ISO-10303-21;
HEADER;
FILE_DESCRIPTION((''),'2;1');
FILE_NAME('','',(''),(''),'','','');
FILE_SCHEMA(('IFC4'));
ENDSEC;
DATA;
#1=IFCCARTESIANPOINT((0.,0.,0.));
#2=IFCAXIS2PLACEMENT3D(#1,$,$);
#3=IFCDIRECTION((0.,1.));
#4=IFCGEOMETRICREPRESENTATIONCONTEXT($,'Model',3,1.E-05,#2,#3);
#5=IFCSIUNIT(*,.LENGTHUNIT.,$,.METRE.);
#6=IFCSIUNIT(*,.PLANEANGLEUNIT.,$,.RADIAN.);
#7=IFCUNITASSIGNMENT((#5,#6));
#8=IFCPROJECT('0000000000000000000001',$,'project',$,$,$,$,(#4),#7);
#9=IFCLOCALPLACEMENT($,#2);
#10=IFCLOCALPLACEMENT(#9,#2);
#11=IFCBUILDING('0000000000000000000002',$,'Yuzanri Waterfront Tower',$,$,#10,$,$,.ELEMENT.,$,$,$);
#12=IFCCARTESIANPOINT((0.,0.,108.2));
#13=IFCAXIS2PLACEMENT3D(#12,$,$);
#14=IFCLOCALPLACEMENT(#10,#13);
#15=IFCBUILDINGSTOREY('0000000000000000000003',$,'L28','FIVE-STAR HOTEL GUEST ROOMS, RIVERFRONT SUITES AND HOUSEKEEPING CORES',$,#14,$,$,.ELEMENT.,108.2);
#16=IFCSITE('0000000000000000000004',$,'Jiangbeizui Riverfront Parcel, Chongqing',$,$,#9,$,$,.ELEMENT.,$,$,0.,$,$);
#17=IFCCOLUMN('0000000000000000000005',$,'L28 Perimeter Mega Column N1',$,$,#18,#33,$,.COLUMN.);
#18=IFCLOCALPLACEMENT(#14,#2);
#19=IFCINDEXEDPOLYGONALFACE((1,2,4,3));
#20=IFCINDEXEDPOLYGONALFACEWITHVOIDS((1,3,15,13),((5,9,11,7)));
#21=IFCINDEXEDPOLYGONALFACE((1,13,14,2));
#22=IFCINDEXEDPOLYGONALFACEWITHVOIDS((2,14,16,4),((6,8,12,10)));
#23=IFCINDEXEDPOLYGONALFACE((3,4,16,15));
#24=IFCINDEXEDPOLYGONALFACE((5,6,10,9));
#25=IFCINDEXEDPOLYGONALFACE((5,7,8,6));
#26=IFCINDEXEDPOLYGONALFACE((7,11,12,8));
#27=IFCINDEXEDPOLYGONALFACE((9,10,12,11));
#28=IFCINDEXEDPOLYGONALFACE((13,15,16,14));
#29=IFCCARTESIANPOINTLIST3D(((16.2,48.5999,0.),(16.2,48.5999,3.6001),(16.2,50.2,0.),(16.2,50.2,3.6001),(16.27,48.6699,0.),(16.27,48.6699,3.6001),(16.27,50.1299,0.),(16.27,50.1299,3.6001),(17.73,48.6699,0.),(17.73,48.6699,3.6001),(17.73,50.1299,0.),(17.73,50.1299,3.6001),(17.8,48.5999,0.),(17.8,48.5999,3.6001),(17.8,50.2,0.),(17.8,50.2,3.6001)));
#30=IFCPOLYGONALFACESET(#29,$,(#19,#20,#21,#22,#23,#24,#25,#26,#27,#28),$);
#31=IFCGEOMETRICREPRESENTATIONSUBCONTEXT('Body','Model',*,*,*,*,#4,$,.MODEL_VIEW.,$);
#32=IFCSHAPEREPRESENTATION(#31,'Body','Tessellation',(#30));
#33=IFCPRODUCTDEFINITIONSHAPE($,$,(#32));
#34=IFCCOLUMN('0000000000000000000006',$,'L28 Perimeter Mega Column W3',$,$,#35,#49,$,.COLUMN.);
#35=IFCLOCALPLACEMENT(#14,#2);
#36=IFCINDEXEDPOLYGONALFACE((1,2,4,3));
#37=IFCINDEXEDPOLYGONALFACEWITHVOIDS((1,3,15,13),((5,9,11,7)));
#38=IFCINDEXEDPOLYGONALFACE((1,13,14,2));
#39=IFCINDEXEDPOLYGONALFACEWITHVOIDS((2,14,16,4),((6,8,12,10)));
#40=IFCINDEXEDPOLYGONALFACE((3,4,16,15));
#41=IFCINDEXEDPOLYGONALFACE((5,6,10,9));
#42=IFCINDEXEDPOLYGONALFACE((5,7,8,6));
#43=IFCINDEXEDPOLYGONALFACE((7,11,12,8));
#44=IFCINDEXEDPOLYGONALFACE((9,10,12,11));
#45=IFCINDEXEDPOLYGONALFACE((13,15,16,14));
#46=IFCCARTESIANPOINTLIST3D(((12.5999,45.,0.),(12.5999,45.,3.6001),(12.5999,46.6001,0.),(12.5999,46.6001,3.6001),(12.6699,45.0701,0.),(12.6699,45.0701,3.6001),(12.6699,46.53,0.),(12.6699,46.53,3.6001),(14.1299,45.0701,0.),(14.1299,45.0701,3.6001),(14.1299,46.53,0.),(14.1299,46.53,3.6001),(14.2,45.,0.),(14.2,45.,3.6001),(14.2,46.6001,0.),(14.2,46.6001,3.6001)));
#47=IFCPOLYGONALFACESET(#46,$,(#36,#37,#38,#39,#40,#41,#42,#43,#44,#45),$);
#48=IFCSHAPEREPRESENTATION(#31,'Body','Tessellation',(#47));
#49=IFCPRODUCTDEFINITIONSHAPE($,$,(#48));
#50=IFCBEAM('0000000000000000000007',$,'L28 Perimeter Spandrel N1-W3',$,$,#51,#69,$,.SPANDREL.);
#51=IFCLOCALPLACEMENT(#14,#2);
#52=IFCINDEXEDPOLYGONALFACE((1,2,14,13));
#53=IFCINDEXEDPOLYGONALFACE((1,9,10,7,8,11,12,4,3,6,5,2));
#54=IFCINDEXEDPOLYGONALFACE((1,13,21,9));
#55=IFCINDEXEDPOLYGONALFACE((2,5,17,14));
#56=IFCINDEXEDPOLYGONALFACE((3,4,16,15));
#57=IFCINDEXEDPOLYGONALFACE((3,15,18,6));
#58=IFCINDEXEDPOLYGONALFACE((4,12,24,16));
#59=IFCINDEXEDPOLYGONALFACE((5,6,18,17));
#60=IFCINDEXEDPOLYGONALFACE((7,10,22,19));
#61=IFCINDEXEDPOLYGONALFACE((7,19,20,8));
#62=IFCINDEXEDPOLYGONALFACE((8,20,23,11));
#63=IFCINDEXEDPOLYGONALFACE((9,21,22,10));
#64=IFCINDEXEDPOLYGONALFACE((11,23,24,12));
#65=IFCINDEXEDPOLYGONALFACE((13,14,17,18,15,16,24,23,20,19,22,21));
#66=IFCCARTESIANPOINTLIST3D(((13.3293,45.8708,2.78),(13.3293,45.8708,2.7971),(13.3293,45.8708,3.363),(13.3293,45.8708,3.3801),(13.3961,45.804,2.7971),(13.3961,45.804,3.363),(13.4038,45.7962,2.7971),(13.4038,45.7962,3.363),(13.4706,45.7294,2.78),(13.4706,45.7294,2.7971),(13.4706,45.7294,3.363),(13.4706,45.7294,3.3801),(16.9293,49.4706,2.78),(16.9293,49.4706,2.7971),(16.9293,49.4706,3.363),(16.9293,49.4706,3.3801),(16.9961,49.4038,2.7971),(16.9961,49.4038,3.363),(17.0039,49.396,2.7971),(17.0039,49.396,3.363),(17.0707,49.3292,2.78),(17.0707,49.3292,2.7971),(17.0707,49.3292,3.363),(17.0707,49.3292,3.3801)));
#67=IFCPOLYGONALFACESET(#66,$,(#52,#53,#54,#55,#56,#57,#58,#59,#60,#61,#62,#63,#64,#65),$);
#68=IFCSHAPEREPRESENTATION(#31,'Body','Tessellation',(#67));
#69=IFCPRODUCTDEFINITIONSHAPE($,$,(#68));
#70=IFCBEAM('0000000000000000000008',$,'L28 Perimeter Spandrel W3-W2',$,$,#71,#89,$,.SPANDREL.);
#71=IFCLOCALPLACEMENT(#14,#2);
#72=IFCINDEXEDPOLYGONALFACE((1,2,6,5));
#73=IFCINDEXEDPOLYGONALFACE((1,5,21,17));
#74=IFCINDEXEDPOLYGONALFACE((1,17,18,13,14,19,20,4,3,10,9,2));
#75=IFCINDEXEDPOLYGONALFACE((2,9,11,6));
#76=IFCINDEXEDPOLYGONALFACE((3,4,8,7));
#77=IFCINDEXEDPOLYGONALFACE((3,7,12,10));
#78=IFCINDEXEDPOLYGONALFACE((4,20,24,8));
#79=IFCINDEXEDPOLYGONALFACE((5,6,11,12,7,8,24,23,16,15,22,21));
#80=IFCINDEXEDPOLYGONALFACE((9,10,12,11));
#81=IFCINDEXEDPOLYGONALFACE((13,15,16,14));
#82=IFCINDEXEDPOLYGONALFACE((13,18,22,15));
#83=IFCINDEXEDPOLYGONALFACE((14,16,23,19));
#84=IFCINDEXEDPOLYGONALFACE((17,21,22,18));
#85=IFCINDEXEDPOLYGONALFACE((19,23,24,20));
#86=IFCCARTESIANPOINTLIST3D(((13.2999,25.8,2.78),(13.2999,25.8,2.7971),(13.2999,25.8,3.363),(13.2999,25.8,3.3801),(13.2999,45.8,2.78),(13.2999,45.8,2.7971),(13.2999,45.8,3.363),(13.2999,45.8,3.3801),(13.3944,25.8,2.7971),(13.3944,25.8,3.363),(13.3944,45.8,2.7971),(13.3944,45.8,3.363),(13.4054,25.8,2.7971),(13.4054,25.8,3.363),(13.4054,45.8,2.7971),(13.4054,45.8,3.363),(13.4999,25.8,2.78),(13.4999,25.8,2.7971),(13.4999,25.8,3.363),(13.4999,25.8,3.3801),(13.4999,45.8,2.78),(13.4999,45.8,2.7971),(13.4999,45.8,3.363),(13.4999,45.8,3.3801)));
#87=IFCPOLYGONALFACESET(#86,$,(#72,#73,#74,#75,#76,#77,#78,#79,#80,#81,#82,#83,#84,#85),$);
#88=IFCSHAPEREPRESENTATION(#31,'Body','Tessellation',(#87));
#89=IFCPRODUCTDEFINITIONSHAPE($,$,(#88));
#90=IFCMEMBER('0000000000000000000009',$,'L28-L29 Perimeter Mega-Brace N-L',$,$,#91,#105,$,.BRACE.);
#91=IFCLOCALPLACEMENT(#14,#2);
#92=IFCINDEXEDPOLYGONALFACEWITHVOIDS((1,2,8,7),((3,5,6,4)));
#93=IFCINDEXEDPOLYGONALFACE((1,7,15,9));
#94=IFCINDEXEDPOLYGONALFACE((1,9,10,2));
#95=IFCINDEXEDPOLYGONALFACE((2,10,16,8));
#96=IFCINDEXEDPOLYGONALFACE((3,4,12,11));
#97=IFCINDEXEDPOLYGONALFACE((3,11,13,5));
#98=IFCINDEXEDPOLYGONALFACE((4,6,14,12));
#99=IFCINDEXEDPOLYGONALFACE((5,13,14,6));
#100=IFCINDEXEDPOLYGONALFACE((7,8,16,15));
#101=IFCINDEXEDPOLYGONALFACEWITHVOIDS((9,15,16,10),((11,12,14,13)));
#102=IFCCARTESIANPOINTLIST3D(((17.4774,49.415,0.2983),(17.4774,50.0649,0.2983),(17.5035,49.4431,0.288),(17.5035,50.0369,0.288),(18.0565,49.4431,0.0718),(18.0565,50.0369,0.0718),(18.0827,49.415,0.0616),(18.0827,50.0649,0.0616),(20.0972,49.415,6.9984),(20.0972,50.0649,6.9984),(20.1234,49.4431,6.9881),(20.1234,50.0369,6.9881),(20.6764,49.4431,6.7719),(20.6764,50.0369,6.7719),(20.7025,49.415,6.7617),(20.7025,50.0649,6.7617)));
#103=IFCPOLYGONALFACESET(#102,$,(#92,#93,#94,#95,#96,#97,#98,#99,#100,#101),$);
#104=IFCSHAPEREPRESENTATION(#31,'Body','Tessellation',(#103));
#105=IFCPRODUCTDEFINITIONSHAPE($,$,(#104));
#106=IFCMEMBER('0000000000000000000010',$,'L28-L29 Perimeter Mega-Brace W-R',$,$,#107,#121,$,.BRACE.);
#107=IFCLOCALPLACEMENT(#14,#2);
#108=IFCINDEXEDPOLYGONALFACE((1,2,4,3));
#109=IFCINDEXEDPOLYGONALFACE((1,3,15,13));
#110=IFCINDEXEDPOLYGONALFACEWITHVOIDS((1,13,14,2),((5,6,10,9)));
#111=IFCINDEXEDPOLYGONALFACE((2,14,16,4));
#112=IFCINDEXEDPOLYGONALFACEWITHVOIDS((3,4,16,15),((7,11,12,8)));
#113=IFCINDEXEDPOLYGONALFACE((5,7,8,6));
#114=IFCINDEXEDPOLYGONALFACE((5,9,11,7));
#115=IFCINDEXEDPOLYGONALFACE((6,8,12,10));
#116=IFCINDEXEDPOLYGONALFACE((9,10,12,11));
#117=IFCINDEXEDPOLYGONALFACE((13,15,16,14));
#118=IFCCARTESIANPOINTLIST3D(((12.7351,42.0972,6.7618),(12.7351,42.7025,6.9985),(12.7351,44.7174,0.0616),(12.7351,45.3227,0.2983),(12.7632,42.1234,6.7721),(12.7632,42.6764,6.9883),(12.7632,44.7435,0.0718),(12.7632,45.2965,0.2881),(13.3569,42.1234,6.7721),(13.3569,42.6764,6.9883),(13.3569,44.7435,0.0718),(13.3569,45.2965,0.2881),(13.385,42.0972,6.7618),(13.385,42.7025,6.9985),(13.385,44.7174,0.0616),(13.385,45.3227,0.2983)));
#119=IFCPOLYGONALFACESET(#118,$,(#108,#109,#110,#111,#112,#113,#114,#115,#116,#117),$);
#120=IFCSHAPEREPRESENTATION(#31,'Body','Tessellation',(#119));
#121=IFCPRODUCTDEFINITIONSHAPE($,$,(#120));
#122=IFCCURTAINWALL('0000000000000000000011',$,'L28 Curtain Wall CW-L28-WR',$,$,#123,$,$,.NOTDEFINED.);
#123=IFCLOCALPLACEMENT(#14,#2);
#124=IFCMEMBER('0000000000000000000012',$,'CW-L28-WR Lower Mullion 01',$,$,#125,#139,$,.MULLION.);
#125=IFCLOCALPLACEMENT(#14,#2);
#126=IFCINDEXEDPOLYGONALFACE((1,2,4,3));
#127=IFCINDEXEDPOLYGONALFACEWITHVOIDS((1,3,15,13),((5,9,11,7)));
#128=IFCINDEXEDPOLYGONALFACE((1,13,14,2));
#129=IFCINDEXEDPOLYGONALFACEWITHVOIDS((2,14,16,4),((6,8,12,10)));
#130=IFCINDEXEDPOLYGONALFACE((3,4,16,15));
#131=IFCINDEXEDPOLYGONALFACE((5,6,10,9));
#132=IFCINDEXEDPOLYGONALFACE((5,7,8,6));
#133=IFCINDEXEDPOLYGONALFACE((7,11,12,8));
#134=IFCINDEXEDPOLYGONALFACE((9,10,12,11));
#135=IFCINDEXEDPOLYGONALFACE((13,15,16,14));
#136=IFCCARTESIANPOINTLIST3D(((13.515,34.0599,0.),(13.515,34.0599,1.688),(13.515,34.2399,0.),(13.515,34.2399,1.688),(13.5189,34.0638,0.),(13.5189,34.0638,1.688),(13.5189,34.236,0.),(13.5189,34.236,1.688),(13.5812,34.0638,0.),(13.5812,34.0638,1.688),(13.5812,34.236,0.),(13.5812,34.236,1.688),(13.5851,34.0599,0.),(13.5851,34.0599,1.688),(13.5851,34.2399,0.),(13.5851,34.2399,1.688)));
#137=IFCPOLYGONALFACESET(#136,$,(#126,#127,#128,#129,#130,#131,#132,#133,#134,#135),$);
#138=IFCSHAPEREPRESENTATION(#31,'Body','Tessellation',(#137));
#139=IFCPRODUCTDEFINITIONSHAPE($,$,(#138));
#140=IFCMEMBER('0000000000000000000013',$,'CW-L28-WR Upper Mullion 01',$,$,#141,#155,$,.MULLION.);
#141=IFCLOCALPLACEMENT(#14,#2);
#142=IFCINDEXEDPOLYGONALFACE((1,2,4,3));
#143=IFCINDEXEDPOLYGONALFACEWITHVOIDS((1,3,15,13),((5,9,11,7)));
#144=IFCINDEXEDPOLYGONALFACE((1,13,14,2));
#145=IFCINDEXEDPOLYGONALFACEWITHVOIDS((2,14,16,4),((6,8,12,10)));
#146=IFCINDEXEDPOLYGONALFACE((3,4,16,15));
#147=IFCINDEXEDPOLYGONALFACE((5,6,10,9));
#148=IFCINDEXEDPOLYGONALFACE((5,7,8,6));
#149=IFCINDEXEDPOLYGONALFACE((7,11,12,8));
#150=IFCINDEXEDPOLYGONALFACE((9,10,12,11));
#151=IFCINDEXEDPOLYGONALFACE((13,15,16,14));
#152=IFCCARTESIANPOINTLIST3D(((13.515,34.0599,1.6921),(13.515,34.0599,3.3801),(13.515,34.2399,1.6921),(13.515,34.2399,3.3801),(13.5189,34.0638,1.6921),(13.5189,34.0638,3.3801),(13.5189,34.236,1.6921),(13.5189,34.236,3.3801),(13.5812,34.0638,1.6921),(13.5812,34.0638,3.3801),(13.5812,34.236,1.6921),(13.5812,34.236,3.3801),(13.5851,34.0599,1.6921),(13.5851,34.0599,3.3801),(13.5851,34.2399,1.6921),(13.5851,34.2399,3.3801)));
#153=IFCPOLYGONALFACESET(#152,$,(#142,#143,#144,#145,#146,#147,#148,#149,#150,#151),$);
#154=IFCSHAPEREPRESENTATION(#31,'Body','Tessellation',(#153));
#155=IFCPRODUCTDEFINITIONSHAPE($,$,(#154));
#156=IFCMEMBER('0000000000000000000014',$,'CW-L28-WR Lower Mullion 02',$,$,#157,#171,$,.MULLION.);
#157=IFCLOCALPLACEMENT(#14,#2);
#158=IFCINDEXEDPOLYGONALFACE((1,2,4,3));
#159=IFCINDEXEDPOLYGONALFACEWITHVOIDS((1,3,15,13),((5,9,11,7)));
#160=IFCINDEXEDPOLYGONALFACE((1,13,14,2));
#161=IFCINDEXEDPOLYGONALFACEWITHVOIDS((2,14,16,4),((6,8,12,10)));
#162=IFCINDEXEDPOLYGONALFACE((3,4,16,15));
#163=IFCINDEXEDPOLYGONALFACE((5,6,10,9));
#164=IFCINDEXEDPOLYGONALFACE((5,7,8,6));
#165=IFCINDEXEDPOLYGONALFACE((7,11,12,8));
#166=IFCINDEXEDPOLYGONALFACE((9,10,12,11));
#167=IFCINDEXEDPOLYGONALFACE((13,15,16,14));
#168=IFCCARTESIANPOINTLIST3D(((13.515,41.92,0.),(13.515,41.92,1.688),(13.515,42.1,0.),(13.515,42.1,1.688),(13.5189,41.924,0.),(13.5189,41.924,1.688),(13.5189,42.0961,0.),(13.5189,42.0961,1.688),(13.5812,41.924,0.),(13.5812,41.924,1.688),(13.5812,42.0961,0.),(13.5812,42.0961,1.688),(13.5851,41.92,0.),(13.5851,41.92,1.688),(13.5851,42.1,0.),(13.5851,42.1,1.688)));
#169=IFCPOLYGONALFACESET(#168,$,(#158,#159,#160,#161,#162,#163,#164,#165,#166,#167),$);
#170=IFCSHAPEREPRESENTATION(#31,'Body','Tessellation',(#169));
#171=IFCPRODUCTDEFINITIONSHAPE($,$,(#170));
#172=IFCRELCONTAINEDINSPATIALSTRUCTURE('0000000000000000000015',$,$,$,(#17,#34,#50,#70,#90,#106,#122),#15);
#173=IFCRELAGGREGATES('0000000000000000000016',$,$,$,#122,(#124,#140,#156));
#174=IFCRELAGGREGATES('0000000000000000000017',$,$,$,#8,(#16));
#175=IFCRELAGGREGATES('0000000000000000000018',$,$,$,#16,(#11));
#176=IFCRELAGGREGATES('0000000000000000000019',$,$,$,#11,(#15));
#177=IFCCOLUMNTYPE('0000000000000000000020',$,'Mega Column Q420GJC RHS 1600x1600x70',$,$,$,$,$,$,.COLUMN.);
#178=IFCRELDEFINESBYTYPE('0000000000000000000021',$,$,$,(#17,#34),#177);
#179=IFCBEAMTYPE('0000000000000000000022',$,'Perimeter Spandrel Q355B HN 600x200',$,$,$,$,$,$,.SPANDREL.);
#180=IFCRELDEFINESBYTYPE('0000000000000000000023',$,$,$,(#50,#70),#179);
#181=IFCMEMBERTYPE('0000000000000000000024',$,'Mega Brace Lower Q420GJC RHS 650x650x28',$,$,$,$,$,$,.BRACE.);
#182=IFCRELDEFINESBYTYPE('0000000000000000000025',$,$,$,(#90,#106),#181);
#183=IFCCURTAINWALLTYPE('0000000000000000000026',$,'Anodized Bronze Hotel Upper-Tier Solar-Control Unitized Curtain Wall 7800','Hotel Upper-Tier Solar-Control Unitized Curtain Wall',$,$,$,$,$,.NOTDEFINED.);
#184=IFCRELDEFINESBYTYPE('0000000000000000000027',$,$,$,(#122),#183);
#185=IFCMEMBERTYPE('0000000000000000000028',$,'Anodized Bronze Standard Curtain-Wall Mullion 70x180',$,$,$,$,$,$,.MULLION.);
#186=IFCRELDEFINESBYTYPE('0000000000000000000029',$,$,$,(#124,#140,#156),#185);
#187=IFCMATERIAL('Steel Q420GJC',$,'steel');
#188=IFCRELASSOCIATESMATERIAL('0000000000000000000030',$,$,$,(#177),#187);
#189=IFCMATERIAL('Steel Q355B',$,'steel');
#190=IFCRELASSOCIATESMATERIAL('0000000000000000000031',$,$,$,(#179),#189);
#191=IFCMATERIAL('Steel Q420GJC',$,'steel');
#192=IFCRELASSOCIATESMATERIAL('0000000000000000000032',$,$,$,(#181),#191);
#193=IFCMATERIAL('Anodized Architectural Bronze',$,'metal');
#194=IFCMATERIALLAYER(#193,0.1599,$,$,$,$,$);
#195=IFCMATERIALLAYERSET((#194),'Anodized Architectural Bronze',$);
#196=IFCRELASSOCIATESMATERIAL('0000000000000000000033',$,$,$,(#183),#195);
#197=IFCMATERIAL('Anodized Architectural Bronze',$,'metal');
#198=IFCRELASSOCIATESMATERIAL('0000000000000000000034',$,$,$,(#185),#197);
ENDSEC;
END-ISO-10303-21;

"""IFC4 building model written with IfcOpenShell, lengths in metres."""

from ifc_helpers import new_model, si_unit, direction, frame, origin, origin_2d, place, context, subcontext, project, spatial, hollow_rectangle, i_section, extrude, source, transform, mapped, material, layer, layer_set, material_profile, profile_set, type_object, element, aggregate, save


model = new_model("IFC4")

# Units and contexts
model_context = context("Model", 3, precision=1e-05, world=origin(), true_north=direction((0.0, 1.0)))
body_context = subcontext(model_context, "Body", "Model", "MODEL_VIEW")
ifc_project = project(units=[si_unit("LENGTHUNIT", "METRE"), si_unit("PLANEANGLEUNIT", "RADIAN")], contexts=[model_context])

# Site, building, storey
site_placement = place(None, origin())
site = spatial("IfcSite", under=ifc_project, at=site_placement, Name="Jiangbeizui Riverfront Parcel, Chongqing", CompositionType="ELEMENT", RefElevation=0.0)
building_placement = place(site_placement, origin())
building = spatial("IfcBuilding", under=site, at=building_placement, Name="Yuzanri Waterfront Tower", CompositionType="ELEMENT")
storey_placement = place(building_placement, frame((0.0, 0.0, 108.2)))
storey = spatial("IfcBuildingStorey", under=building, at=storey_placement, Name="L28", Description="FIVE-STAR HOTEL GUEST ROOMS, RIVERFRONT SUITES AND HOUSEKEEPING CORES", CompositionType="ELEMENT", Elevation=108.2)

# Columns
ifc_material_1 = material(Name="Steel Q420GJC", Category="steel")
ifc_material_profile_1 = material_profile(ifc_material_1, hollow_rectangle(XDim=1.6001, YDim=1.6001, WallThickness=0.0701, at=origin_2d()), Name="RHS 1600x1600x70")
ifc_profile_set_1 = profile_set([ifc_material_profile_1], Name="Steel Q420GJC")
column_type = type_object("IfcColumnType", Name="Mega Column Q420GJC RHS 1600x1600x70", PredefinedType="COLUMN", material=ifc_profile_set_1)
shared_shape_1 = source(origin(), body_context, "Body", "SweptSolid", [
    extrude(hollow_rectangle(XDim=1.6001, YDim=1.6001, WallThickness=0.0701, at=origin_2d()), origin(), (0.0, 0.0, 1.0), 3.6001),
])
for number, where, z_axis, x_axis, name in (
    (1, (17.0, 49.3999, 0.0), (0.0, 0.0, 1.0), (1.0, 0.0, 0.0), "L28 Perimeter Mega Column N1"),
    (2, (13.3999, 45.8, 0.0), (0.0, 0.0, 1.0), (1.0, 0.0, 0.0), "L28 Perimeter Mega Column W3"),
):
    element("IfcColumn", number, at=place(storey_placement, frame(where, z_axis=z_axis, x_axis=x_axis)), inside=storey, type_object=column_type, Name=name, PredefinedType="COLUMN", context=body_context, shape_type="MappedRepresentation", body=[
        mapped(shared_shape_1, transform((0.0, 0.0, 0.0), scale=1.0)),
    ])

# Beams
ifc_material_2 = material(Name="Steel Q355B", Category="steel")
ifc_material_profile_2 = material_profile(ifc_material_2, i_section(OverallWidth=0.2, OverallDepth=0.6001, WebThickness=0.011, FlangeThickness=0.0171, at=origin_2d()), Name="HN 600x200x11x17")
ifc_profile_set_2 = profile_set([ifc_material_profile_2], Name="Steel Q355B")
beam_type = type_object("IfcBeamType", Name="Perimeter Spandrel Q355B HN 600x200", PredefinedType="SPANDREL", material=ifc_profile_set_2)
shared_shape_2 = source(origin(), body_context, "Body", "SweptSolid", [
    extrude(i_section(OverallWidth=0.2, OverallDepth=0.6001, WebThickness=0.011, FlangeThickness=0.0171, at=origin_2d()), origin(), (0.0, 0.0, 1.0), 5.0911),
])
beam_1_placement = place(storey_placement, frame((17.0, 49.3999, 3.0801), z_axis=(-0.707131, -0.707083, 0.0), x_axis=(0.707083, -0.707131, 0.0)))
element("IfcBeam", 3, at=beam_1_placement, inside=storey, type_object=beam_type, Name="L28 Perimeter Spandrel N1-W3", PredefinedType="SPANDREL", context=body_context, shape_type="MappedRepresentation", body=[
    mapped(shared_shape_2, transform((0.0, 0.0, 0.0), scale=1.0)),
])
shared_shape_3 = source(origin(), body_context, "Body", "SweptSolid", [
    extrude(i_section(OverallWidth=0.2, OverallDepth=0.6001, WebThickness=0.011, FlangeThickness=0.0171, at=origin_2d()), origin(), (0.0, 0.0, 1.0), 20.0),
])
beam_2_placement = place(storey_placement, frame((13.3999, 45.8, 3.0801), z_axis=(0.0, -1.0, 0.0), x_axis=(1.0, 0.0, 0.0)))
element("IfcBeam", 4, at=beam_2_placement, inside=storey, type_object=beam_type, Name="L28 Perimeter Spandrel W3-W2", PredefinedType="SPANDREL", context=body_context, shape_type="MappedRepresentation", body=[
    mapped(shared_shape_3, transform((0.0, 0.0, 0.0), scale=1.0)),
])

# Members
ifc_material_3 = material(Name="Steel Q420GJC", Category="steel")
ifc_material_profile_3 = material_profile(ifc_material_3, hollow_rectangle(XDim=0.6499, YDim=0.6499, WallThickness=0.0281, at=origin_2d()), Name="RHS 650x650x28")
ifc_profile_set_3 = profile_set([ifc_material_profile_3], Name="Steel Q420GJC")
member_type_1 = type_object("IfcMemberType", Name="Mega Brace Lower Q420GJC RHS 650x650x28", PredefinedType="BRACE", material=ifc_profile_set_3)
shared_shape_4 = source(origin(), body_context, "Body", "SweptSolid", [
    extrude(hollow_rectangle(XDim=0.6499, YDim=0.6499, WallThickness=0.0281, at=origin_2d()), origin(), (0.0, 0.0, 1.0), 7.1941),
])
member_1_placement = place(storey_placement, frame((17.78, 49.74, 0.1799), z_axis=(0.364165, 0.0, 0.931334), x_axis=(0.0, 1.0, 0.0)))
element("IfcMember", 5, at=member_1_placement, inside=storey, type_object=member_type_1, Name="L28-L29 Perimeter Mega-Brace N-L", PredefinedType="BRACE", context=body_context, shape_type="MappedRepresentation", body=[
    mapped(shared_shape_4, transform((0.0, 0.0, 0.0), scale=1.0)),
])
shared_shape_5 = source(origin(), body_context, "Body", "SweptSolid", [
    extrude(hollow_rectangle(XDim=0.6499, YDim=0.6499, WallThickness=0.0281, at=origin_2d()), origin(), (0.0, 0.0, 1.0), 7.1943),
])
member_2_placement = place(storey_placement, frame((13.0601, 45.02, 0.1799), z_axis=(0.0, -0.364195, 0.931323), x_axis=(1.0, 0.0, 0.0)))
element("IfcMember", 6, at=member_2_placement, inside=storey, type_object=member_type_1, Name="L28-L29 Perimeter Mega-Brace W-R", PredefinedType="BRACE", context=body_context, shape_type="MappedRepresentation", body=[
    mapped(shared_shape_5, transform((0.0, 0.0, 0.0), scale=1.0)),
])

# Curtain wall, members
ifc_material_4 = material(Name="Anodized Architectural Bronze", Category="metal")
ifc_layer_1 = layer(ifc_material_4, 0.1599)
ifc_layer_set_1 = layer_set([ifc_layer_1], Name="Anodized Architectural Bronze")
curtain_wall_type = type_object("IfcCurtainWallType", Name="Anodized Bronze Hotel Upper-Tier Solar-Control Unitized Curtain Wall 7800", Description="Hotel Upper-Tier Solar-Control Unitized Curtain Wall", PredefinedType="NOTDEFINED", material=ifc_layer_set_1)
curtain_wall_placement = place(storey_placement, origin())
curtain_wall = element("IfcCurtainWall", 7, at=curtain_wall_placement, inside=storey, type_object=curtain_wall_type, Name="L28 Curtain Wall CW-L28-WR", PredefinedType="NOTDEFINED")
ifc_material_5 = material(Name="Anodized Architectural Bronze", Category="metal")
ifc_material_profile_4 = material_profile(ifc_material_5, hollow_rectangle(XDim=0.0701, YDim=0.1799, WallThickness=0.0039, at=origin_2d()), Name="CWM 70x180")
ifc_profile_set_4 = profile_set([ifc_material_profile_4], Name="Anodized Architectural Bronze")
member_type_2 = type_object("IfcMemberType", Name="Anodized Bronze Standard Curtain-Wall Mullion 70x180", PredefinedType="MULLION", material=ifc_profile_set_4)
shared_shape_6 = source(origin(), body_context, "Body", "SweptSolid", [
    extrude(hollow_rectangle(XDim=0.0701, YDim=0.1799, WallThickness=0.0039, at=origin_2d()), origin(), (0.0, 0.0, 1.0), 1.688),
])
member_3_placement = place(storey_placement, frame((13.55, 34.1499, 0.0), z_axis=(0.0, 0.0, 1.0), x_axis=(1.0, 0.0, 0.0)))
member_3 = element("IfcMember", 8, at=member_3_placement, type_object=member_type_2, Name="CW-L28-WR Lower Mullion 01", PredefinedType="MULLION", context=body_context, shape_type="MappedRepresentation", body=[
    mapped(shared_shape_6, transform((0.0, 0.0, 0.0), scale=1.0)),
])
member_4_placement = place(storey_placement, frame((13.55, 34.1499, 1.6921), z_axis=(0.0, 0.0, 1.0), x_axis=(1.0, 0.0, 0.0)))
member_4 = element("IfcMember", 9, at=member_4_placement, type_object=member_type_2, Name="CW-L28-WR Upper Mullion 01", PredefinedType="MULLION", context=body_context, shape_type="MappedRepresentation", body=[
    mapped(shared_shape_6, transform((0.0, 0.0, 0.0), scale=1.0)),
])
member_5_placement = place(storey_placement, frame((13.55, 42.01, 0.0), z_axis=(0.0, 0.0, 1.0), x_axis=(1.0, 0.0, 0.0)))
member_5 = element("IfcMember", 10, at=member_5_placement, type_object=member_type_2, Name="CW-L28-WR Lower Mullion 02", PredefinedType="MULLION", context=body_context, shape_type="MappedRepresentation", body=[
    mapped(shared_shape_6, transform((0.0, 0.0, 0.0), scale=1.0)),
])

aggregate(curtain_wall, [member_3, member_4, member_5])

save(model, "model.ifc")
